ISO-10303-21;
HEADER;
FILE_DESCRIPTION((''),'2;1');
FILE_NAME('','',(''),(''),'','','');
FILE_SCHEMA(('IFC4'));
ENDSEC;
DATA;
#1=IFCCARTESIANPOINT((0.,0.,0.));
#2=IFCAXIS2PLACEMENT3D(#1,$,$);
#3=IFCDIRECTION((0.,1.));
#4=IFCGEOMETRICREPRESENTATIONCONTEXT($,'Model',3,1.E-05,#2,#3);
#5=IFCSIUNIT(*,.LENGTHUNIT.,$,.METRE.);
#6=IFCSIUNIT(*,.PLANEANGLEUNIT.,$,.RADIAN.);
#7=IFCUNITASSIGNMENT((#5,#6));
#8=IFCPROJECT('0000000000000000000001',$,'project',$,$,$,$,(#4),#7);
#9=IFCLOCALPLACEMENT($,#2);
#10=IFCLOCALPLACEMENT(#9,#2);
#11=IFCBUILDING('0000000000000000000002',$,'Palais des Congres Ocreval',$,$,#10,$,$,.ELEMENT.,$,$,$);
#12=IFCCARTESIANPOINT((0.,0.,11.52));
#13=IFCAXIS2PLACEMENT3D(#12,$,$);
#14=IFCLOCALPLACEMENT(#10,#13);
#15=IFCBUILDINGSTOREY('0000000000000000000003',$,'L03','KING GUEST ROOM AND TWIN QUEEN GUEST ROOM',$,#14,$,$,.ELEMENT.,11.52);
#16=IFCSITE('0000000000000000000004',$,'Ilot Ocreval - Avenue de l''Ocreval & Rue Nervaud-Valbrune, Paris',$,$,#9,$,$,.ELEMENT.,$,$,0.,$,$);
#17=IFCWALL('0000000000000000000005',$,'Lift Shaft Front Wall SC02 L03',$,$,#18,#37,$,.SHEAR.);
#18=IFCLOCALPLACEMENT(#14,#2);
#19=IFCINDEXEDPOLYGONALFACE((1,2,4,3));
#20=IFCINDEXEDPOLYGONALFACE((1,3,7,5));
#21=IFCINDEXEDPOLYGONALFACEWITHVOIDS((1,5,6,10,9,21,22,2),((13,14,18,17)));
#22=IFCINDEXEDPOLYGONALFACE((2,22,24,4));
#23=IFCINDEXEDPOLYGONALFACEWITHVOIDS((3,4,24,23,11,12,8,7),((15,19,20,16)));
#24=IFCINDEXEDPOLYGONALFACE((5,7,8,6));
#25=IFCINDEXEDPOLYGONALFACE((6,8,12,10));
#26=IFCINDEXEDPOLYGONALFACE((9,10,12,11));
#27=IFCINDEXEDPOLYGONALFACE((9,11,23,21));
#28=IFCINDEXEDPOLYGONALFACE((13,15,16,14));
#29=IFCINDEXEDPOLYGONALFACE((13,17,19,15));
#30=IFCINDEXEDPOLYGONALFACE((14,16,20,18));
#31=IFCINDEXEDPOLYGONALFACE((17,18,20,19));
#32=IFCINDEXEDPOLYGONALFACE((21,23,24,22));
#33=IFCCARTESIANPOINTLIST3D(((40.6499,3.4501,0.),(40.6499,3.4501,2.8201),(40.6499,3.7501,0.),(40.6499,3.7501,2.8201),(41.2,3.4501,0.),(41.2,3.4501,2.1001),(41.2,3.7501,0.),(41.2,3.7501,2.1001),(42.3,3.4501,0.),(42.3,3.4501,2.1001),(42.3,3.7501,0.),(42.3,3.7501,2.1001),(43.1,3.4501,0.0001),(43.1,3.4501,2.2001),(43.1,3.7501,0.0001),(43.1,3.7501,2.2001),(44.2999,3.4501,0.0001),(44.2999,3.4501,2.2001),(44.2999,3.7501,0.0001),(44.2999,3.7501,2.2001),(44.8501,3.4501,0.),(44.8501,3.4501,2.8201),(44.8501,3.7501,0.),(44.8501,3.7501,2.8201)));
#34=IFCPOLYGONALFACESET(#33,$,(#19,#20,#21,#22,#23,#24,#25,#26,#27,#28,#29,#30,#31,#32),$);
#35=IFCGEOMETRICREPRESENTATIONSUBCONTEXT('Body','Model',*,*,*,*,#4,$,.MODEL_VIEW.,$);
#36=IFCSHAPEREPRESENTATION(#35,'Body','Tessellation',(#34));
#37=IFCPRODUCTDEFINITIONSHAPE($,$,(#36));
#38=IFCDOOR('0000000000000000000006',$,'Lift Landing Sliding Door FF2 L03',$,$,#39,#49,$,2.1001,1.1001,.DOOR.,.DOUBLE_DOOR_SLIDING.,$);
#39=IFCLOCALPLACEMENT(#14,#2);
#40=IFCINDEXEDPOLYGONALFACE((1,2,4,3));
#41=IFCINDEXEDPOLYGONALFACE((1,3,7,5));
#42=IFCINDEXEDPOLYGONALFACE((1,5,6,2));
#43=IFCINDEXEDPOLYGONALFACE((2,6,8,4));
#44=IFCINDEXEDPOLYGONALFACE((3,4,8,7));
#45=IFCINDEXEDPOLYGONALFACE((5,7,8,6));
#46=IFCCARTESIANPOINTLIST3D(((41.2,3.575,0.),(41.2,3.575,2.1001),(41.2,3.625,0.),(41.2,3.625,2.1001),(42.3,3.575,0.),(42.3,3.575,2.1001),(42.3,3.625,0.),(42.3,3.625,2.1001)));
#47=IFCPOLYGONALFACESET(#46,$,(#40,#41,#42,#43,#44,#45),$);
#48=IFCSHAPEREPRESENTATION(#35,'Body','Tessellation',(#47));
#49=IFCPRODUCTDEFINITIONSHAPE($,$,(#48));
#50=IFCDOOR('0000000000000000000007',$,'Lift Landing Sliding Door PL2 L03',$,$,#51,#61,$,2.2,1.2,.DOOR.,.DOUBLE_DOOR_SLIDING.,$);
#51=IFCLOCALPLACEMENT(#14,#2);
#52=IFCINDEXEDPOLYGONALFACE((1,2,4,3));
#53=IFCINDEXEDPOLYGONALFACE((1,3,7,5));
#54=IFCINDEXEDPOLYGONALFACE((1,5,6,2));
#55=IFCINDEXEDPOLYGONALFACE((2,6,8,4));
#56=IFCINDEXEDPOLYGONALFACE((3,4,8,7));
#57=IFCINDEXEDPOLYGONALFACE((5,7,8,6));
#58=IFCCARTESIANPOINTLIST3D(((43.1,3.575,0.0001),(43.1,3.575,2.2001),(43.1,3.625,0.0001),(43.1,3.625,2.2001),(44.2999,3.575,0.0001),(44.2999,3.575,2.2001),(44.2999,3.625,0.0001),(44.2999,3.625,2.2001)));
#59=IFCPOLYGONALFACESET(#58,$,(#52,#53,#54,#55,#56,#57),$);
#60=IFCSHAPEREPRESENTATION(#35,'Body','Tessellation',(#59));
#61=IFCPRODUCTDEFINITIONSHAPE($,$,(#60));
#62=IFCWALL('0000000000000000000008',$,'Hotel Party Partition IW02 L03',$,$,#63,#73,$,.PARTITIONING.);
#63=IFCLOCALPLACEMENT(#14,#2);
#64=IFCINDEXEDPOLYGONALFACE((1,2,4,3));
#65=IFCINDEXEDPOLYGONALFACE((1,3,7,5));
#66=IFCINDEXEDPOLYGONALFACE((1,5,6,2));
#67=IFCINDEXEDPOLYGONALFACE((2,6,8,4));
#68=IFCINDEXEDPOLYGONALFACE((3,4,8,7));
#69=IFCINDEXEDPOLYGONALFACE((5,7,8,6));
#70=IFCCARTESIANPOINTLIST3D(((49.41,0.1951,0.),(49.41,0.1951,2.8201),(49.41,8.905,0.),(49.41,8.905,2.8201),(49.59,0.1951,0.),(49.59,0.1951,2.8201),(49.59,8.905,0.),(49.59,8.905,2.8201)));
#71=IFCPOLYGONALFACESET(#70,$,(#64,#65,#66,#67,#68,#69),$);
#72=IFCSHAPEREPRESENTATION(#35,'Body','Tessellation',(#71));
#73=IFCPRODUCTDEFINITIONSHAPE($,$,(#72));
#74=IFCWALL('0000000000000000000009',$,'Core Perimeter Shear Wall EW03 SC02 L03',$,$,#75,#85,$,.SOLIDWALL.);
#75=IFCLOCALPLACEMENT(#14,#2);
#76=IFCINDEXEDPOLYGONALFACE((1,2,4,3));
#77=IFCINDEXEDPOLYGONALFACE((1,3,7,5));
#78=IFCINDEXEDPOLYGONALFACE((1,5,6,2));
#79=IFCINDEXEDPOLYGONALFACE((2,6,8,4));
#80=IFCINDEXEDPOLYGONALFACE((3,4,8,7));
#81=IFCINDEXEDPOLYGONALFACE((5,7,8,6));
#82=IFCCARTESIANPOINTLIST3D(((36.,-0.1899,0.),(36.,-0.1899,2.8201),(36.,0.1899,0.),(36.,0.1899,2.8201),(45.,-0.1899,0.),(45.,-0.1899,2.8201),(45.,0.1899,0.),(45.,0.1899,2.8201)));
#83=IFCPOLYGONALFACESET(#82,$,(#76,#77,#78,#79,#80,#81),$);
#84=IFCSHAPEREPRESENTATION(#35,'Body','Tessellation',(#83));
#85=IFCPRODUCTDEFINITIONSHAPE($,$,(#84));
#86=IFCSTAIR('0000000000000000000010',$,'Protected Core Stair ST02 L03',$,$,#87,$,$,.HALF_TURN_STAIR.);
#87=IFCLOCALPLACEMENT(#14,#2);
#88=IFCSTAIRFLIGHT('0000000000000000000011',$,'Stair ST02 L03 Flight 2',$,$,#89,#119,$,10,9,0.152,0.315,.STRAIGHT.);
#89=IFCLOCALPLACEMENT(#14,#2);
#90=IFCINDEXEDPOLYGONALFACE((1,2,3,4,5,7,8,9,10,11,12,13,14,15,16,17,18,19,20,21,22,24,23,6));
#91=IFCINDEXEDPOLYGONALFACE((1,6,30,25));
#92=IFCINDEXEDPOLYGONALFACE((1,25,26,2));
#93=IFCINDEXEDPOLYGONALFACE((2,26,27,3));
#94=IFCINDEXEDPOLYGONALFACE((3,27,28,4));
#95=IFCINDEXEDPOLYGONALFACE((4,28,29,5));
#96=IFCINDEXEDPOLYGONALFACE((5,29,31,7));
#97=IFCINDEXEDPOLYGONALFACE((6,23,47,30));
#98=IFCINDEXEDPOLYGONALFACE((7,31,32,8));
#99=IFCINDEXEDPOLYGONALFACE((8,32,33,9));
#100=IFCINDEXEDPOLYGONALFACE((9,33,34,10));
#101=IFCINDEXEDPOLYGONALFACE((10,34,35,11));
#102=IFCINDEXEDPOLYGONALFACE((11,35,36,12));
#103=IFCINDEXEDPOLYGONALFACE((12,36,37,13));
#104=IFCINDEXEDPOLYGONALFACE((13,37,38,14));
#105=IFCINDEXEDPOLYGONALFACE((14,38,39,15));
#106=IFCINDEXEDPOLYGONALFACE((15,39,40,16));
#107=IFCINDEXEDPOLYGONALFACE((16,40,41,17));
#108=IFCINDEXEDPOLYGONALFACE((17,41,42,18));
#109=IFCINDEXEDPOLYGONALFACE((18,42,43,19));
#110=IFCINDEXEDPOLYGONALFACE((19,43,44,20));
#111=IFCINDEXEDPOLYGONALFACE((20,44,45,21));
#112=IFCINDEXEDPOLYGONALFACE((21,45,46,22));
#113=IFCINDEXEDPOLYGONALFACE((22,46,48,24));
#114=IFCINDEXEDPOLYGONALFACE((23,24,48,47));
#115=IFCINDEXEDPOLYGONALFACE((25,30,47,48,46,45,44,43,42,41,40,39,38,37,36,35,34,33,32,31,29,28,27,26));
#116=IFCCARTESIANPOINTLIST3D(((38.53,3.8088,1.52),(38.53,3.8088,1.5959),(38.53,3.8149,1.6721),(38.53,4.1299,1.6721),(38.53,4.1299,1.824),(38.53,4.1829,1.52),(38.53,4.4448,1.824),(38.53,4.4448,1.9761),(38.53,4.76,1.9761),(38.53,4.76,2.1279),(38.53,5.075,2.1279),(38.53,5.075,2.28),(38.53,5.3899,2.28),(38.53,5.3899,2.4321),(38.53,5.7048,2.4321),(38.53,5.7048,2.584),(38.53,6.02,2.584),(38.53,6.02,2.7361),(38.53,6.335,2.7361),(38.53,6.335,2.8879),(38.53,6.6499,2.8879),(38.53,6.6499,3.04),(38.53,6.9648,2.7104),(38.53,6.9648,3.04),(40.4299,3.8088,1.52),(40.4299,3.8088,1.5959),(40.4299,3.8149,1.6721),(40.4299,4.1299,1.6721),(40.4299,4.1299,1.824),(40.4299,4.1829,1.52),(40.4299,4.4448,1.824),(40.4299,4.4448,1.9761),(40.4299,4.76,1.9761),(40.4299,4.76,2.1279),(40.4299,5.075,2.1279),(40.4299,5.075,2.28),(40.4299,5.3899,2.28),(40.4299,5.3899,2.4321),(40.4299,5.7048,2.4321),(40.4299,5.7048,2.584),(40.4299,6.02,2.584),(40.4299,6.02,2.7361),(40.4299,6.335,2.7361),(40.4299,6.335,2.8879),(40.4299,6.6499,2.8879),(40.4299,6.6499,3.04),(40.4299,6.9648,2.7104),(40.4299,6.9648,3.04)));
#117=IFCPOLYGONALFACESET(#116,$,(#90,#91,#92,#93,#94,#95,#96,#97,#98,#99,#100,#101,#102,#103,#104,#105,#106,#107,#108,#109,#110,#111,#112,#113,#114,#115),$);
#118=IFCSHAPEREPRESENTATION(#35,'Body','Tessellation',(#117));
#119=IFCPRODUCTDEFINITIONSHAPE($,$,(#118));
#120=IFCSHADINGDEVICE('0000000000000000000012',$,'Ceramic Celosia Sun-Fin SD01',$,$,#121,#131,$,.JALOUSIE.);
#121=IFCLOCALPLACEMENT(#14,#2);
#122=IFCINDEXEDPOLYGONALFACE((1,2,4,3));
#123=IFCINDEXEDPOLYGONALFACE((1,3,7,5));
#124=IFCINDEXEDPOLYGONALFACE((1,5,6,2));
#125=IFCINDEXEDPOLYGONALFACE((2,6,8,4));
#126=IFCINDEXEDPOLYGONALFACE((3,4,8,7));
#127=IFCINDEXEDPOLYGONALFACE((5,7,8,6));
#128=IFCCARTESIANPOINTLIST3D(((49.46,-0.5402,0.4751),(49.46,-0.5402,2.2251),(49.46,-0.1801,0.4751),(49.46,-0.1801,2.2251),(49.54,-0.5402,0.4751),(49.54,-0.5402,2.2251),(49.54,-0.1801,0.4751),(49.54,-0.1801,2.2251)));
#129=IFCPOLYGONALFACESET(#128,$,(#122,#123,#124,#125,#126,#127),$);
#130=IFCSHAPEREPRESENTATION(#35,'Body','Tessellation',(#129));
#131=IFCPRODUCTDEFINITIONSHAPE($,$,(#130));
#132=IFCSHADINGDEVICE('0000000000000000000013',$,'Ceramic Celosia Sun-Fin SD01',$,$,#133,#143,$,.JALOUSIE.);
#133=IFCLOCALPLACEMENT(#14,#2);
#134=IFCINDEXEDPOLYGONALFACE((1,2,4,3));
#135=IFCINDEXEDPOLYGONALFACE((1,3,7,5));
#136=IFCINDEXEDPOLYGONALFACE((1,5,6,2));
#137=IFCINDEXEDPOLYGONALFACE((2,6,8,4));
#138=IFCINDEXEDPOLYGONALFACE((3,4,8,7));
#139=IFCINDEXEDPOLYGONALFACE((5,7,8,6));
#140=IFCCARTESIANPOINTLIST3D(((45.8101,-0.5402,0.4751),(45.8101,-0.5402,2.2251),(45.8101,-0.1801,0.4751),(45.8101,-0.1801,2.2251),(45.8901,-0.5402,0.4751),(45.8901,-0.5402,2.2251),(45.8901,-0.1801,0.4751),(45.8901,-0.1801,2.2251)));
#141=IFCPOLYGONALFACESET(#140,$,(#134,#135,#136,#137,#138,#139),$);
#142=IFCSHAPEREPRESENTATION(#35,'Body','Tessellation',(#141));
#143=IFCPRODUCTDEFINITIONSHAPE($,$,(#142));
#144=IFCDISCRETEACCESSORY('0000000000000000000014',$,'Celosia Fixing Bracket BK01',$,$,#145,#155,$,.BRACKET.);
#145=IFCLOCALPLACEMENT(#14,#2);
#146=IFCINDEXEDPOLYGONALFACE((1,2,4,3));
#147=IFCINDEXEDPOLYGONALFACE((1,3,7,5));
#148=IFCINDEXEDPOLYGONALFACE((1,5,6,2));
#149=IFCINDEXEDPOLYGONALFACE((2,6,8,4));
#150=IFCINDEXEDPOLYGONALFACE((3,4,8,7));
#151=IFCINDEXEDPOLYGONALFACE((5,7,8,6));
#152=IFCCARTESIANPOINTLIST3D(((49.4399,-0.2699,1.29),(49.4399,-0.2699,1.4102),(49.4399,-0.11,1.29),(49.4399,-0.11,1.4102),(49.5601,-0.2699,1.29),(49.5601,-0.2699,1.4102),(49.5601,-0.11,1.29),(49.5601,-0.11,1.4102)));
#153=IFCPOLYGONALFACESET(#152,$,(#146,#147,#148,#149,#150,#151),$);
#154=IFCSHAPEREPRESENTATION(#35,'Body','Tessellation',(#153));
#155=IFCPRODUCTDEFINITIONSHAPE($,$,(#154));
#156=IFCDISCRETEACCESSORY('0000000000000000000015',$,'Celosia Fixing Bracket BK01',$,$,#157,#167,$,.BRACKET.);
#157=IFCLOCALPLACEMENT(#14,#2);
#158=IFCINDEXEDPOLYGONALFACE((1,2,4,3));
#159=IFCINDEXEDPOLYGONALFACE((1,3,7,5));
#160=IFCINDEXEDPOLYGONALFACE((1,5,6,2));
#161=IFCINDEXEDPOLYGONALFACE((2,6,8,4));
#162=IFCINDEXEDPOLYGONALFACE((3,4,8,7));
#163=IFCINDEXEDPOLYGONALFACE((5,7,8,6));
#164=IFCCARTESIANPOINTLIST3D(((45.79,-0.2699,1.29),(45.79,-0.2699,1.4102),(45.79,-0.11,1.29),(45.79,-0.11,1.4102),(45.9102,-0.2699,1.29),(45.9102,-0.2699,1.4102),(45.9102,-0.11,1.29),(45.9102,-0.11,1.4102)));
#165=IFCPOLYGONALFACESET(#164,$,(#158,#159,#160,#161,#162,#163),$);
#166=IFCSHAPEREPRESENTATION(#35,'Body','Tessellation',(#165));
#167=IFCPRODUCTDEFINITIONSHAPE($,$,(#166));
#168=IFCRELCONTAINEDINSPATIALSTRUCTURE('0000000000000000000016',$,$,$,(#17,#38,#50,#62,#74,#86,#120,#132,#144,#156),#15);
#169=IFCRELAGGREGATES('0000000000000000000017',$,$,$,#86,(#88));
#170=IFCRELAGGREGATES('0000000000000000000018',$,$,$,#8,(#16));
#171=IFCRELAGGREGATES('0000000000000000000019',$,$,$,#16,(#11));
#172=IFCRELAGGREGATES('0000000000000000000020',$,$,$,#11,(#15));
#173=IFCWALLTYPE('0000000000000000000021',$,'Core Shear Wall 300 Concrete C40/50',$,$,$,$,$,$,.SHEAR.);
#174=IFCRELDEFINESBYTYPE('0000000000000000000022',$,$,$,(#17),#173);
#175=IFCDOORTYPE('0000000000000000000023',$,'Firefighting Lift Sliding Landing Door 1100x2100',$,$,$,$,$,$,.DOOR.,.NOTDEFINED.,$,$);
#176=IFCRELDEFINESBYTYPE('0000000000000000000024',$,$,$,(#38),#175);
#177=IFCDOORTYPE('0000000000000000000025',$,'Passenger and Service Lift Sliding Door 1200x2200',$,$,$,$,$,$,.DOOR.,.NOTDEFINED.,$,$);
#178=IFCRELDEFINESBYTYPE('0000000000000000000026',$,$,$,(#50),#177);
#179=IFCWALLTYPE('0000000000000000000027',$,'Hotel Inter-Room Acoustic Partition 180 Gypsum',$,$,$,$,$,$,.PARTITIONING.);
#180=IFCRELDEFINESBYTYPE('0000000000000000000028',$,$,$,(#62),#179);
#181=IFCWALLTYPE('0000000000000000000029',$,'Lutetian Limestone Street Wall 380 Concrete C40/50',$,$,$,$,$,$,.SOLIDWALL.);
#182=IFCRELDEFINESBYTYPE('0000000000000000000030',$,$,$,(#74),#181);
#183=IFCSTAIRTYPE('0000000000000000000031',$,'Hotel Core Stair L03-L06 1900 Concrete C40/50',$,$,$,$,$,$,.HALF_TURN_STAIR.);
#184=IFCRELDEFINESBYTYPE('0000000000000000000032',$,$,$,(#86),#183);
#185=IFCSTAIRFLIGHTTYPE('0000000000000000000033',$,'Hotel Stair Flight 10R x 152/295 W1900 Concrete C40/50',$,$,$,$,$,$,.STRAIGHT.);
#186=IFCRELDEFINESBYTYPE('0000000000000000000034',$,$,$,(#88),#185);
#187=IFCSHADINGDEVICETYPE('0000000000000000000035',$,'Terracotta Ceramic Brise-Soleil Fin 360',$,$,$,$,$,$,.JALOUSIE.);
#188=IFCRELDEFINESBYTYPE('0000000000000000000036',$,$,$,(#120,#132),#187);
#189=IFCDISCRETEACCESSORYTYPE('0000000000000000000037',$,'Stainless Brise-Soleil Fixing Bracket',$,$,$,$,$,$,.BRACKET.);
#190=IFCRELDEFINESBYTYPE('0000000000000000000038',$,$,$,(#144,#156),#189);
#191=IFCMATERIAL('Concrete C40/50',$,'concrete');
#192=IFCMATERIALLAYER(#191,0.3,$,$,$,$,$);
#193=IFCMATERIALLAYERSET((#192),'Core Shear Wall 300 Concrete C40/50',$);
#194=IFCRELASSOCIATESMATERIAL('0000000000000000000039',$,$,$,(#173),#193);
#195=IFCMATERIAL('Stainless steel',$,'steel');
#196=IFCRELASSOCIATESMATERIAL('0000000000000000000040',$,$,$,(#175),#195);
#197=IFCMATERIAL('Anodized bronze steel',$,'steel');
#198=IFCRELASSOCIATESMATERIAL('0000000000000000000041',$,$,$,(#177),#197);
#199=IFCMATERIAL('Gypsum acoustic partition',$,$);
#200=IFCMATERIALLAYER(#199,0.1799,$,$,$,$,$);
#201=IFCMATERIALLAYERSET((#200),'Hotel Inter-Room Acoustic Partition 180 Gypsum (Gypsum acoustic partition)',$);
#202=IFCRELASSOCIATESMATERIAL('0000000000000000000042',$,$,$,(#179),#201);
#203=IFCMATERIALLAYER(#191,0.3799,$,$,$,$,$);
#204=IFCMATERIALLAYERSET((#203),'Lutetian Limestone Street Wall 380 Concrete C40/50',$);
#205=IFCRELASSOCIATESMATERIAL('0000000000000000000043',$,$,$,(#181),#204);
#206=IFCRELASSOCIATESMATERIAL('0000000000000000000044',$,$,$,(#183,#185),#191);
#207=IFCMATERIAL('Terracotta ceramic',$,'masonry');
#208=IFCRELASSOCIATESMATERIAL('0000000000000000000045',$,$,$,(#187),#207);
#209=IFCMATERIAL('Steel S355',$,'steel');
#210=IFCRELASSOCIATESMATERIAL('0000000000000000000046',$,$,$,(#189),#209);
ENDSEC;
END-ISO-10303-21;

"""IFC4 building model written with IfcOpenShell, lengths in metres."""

from ifc_helpers import new_model, si_unit, direction, frame, frame_2d, origin, origin_2d, place, context, subcontext, project, spatial, polyline, rectangle, outline, extrude, material, layer, layer_set, type_object, element, fill, aggregate, save


model = new_model("IFC4")

# Units and contexts
model_context = context("Model", 3, precision=1e-05, world=origin(), true_north=direction((0.0, 1.0)))
body_context = subcontext(model_context, "Body", "Model", "MODEL_VIEW")
ifc_project = project(units=[si_unit("LENGTHUNIT", "METRE"), si_unit("PLANEANGLEUNIT", "RADIAN")], contexts=[model_context])

# Site, building, storey
site_placement = place(None, origin())
site = spatial("IfcSite", under=ifc_project, at=site_placement, Name="Ilot Ocreval - Avenue de l'Ocreval & Rue Nervaud-Valbrune, Paris", CompositionType="ELEMENT", RefElevation=0.0)
building_placement = place(site_placement, origin())
building = spatial("IfcBuilding", under=site, at=building_placement, Name="Palais des Congres Ocreval", CompositionType="ELEMENT")
storey_placement = place(building_placement, frame((0.0, 0.0, 11.52)))
storey = spatial("IfcBuildingStorey", under=building, at=storey_placement, Name="L03", Description="KING GUEST ROOM AND TWIN QUEEN GUEST ROOM", CompositionType="ELEMENT", Elevation=11.52)

# Shared definitions
ifc_material_1 = material(Name="Steel S355", Category="steel")

# Shared definitions
ifc_material_2 = material(Name="Concrete C40/50", Category="concrete")
ifc_layer_1 = layer(ifc_material_2, 0.3)
ifc_layer_set_1 = layer_set([ifc_layer_1], Name="Core Shear Wall 300 Concrete C40/50")
wall_type_1 = type_object("IfcWallType", Name="Core Shear Wall 300 Concrete C40/50", PredefinedType="SHEAR", material=ifc_layer_set_1)

# Wall, openings, doors
wall_1_placement = place(storey_placement, frame((40.6499, 3.6001, 0.0), z_axis=(0.0, 0.0, 1.0), x_axis=(1.0, 0.0, 0.0)))
wall_1 = element("IfcWall", 1, at=wall_1_placement, inside=storey, type_object=wall_type_1, Name="Lift Shaft Front Wall SC02 L03", PredefinedType="SHEAR", context=body_context, shape_type="SweptSolid", body=[
    extrude(rectangle(XDim=4.2002, YDim=0.3, at=frame_2d((2.1001, 0.0))), origin(), (0.0, 0.0, 1.0), 2.8201),
])
opening_1_placement = place(wall_1_placement, frame((0.55, 0.0, 0.0)))
opening_1 = element("IfcOpeningElement", 2, at=opening_1_placement, cuts=wall_1, PredefinedType="OPENING", context=body_context, shape_type="SweptSolid", body=[
    extrude(rectangle(XDim=1.1001, YDim=2.1001, at=frame_2d((0.55, 1.05))), frame((0.0, 0.1599, 0.0), z_axis=(0.0, -1.0, 0.0), x_axis=(1.0, 0.0, 0.0)), (0.0, 0.0, 1.0), 0.3201),
])
opening_2_placement = place(wall_1_placement, frame((2.45, 0.0, 0.0)))
opening_2 = element("IfcOpeningElement", 3, at=opening_2_placement, cuts=wall_1, PredefinedType="OPENING", context=body_context, shape_type="SweptSolid", body=[
    extrude(rectangle(XDim=1.2, YDim=2.2, at=frame_2d((0.6001, 1.1001))), frame((0.0, 0.1599, 0.0), z_axis=(0.0, -1.0, 0.0), x_axis=(1.0, 0.0, 0.0)), (0.0, 0.0, 1.0), 0.3201),
])
ifc_material_3 = material(Name="Stainless steel", Category="steel")
door_type_1 = type_object("IfcDoorType", Name="Firefighting Lift Sliding Landing Door 1100x2100", OperationType="NOTDEFINED", PredefinedType="DOOR", material=ifc_material_3)
door_1_placement = place(opening_1_placement, origin())
door_1 = element("IfcDoor", 4, at=door_1_placement, inside=storey, type_object=door_type_1, Name="Lift Landing Sliding Door FF2 L03", OperationType="DOUBLE_DOOR_SLIDING", OverallHeight=2.1001, OverallWidth=1.1001, PredefinedType="DOOR", context=body_context, shape_type="SweptSolid", body=[
    extrude(rectangle(XDim=1.1001, YDim=2.1001, at=frame_2d((0.55, 1.05))), frame((0.0, 0.0249, 0.0), z_axis=(0.0, -1.0, 0.0), x_axis=(1.0, 0.0, 0.0)), (0.0, 0.0, 1.0), 0.05),
])
fill(opening_1, door_1)
ifc_material_4 = material(Name="Anodized bronze steel", Category="steel")
door_type_2 = type_object("IfcDoorType", Name="Passenger and Service Lift Sliding Door 1200x2200", OperationType="NOTDEFINED", PredefinedType="DOOR", material=ifc_material_4)
door_2_placement = place(opening_2_placement, origin())
door_2 = element("IfcDoor", 5, at=door_2_placement, inside=storey, type_object=door_type_2, Name="Lift Landing Sliding Door PL2 L03", OperationType="DOUBLE_DOOR_SLIDING", OverallHeight=2.2, OverallWidth=1.2, PredefinedType="DOOR", context=body_context, shape_type="SweptSolid", body=[
    extrude(rectangle(XDim=1.2, YDim=2.2, at=frame_2d((0.6001, 1.1001))), frame((0.0, 0.0249, 0.0), z_axis=(0.0, -1.0, 0.0), x_axis=(1.0, 0.0, 0.0)), (0.0, 0.0, 1.0), 0.05),
])
fill(opening_2, door_2)

# Walls
ifc_material_5 = material(Name="Gypsum acoustic partition")
ifc_layer_2 = layer(ifc_material_5, 0.1799)
ifc_layer_set_2 = layer_set([ifc_layer_2], Name="Hotel Inter-Room Acoustic Partition 180 Gypsum (Gypsum acoustic partition)")
wall_type_2 = type_object("IfcWallType", Name="Hotel Inter-Room Acoustic Partition 180 Gypsum", PredefinedType="PARTITIONING", material=ifc_layer_set_2)
wall_2_placement = place(storey_placement, frame((49.5, 0.1951, 0.0), z_axis=(0.0, 0.0, 1.0), x_axis=(0.0, 1.0, 0.0)))
element("IfcWall", 6, at=wall_2_placement, inside=storey, type_object=wall_type_2, Name="Hotel Party Partition IW02 L03", PredefinedType="PARTITIONING", context=body_context, shape_type="SweptSolid", body=[
    extrude(rectangle(XDim=8.71, YDim=0.1799, at=frame_2d((4.355, 0.0))), origin(), (0.0, 0.0, 1.0), 2.8201),
])
ifc_layer_3 = layer(ifc_material_2, 0.3799)
ifc_layer_set_3 = layer_set([ifc_layer_3], Name="Lutetian Limestone Street Wall 380 Concrete C40/50")
wall_type_3 = type_object("IfcWallType", Name="Lutetian Limestone Street Wall 380 Concrete C40/50", PredefinedType="SOLIDWALL", material=ifc_layer_set_3)
wall_3_placement = place(storey_placement, frame((45.0, 0.0, 0.0), z_axis=(0.0, 0.0, 1.0), x_axis=(-1.0, 0.0, 0.0)))
element("IfcWall", 7, at=wall_3_placement, inside=storey, type_object=wall_type_3, Name="Core Perimeter Shear Wall EW03 SC02 L03", PredefinedType="SOLIDWALL", context=body_context, shape_type="SweptSolid", body=[
    extrude(rectangle(XDim=9.0, YDim=0.3799, at=frame_2d((4.5, 0.0))), origin(), (0.0, 0.0, 1.0), 2.8201),
])

# Stair, stair flight
stair_type = type_object("IfcStairType", Name="Hotel Core Stair L03-L06 1900 Concrete C40/50", PredefinedType="HALF_TURN_STAIR", material=ifc_material_2)
stair_placement = place(storey_placement, origin())
stair = element("IfcStair", 8, at=stair_placement, inside=storey, type_object=stair_type, Name="Protected Core Stair ST02 L03", PredefinedType="HALF_TURN_STAIR")
stair_flight_type = type_object("IfcStairFlightType", Name="Hotel Stair Flight 10R x 152/295 W1900 Concrete C40/50", PredefinedType="STRAIGHT", material=ifc_material_2)
stair_flight_placement = place(storey_placement, frame((39.48, 3.8149, 1.52), z_axis=(0.0, 0.0, 1.0), x_axis=(0.0, 1.0, 0.0)))
stair_flight = element("IfcStairFlight", 9, at=stair_flight_placement, type_object=stair_flight_type, Name="Stair ST02 L03 Flight 2", NumberOfRisers=10, NumberOfTreads=9, PredefinedType="STRAIGHT", RiserHeight=0.152, TreadLength=0.315, context=body_context, shape_type="SweptSolid", body=[
    extrude(outline(polyline([(-0.0061, 0.0), (-0.0061, 0.0759), (0.0, 0.1521), (0.3149, 0.1521), (0.3149, 0.304), (0.6299, 0.304), (0.6299, 0.4561), (0.9451, 0.4561), (0.9451, 0.6079), (1.26, 0.6079), (1.26, 0.76), (1.575, 0.76), (1.575, 0.9121), (1.8899, 0.9121), (1.8899, 1.064), (2.2051, 1.064), (2.2051, 1.2161), (2.52, 1.2161), (2.52, 1.3679), (2.835, 1.3679), (2.835, 1.52), (3.1499, 1.52), (3.1499, 1.1904), (0.3679, 0.0), (-0.0061, 0.0)])), frame((0.0, 0.95, 0.0), z_axis=(0.0, -1.0, 0.0), x_axis=(1.0, 0.0, 0.0)), (0.0, 0.0, 1.0), 1.8999),
])
aggregate(stair, [stair_flight])

# Shading devices
ifc_material_6 = material(Name="Terracotta ceramic", Category="masonry")
shading_device_type = type_object("IfcShadingDeviceType", Name="Terracotta Ceramic Brise-Soleil Fin 360", PredefinedType="JALOUSIE", material=ifc_material_6)
for number, where, z_axis, x_axis, name in (
    (10, (49.5, -0.3601, 0.4751), (0.0, 0.0, 1.0), (0.0, -1.0, 0.0), "Ceramic Celosia Sun-Fin SD01"),
    (11, (45.8501, -0.3601, 0.4751), (0.0, 0.0, 1.0), (0.0, -1.0, 0.0), "Ceramic Celosia Sun-Fin SD01"),
):
    element("IfcShadingDevice", number, at=place(storey_placement, frame(where, z_axis=z_axis, x_axis=x_axis)), inside=storey, type_object=shading_device_type, Name=name, PredefinedType="JALOUSIE", context=body_context, shape_type="SweptSolid", body=[
        extrude(rectangle(XDim=0.3601, YDim=0.0801, at=origin_2d()), origin(), (0.0, 0.0, 1.0), 1.75),
    ])

# Discrete accessories
discrete_accessory_type = type_object("IfcDiscreteAccessoryType", Name="Stainless Brise-Soleil Fixing Bracket", PredefinedType="BRACKET", material=ifc_material_1)
for number, where, z_axis, x_axis, name in (
    (12, (49.5, -0.1899, 1.29), (0.0, 0.0, 1.0), (0.0, -1.0, 0.0), "Celosia Fixing Bracket BK01"),
    (13, (45.8501, -0.1899, 1.29), (0.0, 0.0, 1.0), (0.0, -1.0, 0.0), "Celosia Fixing Bracket BK01"),
):
    element("IfcDiscreteAccessory", number, at=place(storey_placement, frame(where, z_axis=z_axis, x_axis=x_axis)), inside=storey, type_object=discrete_accessory_type, Name=name, PredefinedType="BRACKET", context=body_context, shape_type="SweptSolid", body=[
        extrude(rectangle(XDim=0.1599, YDim=0.1201, at=origin_2d()), origin(), (0.0, 0.0, 1.0), 0.1201),
    ])

save(model, "model.ifc")
